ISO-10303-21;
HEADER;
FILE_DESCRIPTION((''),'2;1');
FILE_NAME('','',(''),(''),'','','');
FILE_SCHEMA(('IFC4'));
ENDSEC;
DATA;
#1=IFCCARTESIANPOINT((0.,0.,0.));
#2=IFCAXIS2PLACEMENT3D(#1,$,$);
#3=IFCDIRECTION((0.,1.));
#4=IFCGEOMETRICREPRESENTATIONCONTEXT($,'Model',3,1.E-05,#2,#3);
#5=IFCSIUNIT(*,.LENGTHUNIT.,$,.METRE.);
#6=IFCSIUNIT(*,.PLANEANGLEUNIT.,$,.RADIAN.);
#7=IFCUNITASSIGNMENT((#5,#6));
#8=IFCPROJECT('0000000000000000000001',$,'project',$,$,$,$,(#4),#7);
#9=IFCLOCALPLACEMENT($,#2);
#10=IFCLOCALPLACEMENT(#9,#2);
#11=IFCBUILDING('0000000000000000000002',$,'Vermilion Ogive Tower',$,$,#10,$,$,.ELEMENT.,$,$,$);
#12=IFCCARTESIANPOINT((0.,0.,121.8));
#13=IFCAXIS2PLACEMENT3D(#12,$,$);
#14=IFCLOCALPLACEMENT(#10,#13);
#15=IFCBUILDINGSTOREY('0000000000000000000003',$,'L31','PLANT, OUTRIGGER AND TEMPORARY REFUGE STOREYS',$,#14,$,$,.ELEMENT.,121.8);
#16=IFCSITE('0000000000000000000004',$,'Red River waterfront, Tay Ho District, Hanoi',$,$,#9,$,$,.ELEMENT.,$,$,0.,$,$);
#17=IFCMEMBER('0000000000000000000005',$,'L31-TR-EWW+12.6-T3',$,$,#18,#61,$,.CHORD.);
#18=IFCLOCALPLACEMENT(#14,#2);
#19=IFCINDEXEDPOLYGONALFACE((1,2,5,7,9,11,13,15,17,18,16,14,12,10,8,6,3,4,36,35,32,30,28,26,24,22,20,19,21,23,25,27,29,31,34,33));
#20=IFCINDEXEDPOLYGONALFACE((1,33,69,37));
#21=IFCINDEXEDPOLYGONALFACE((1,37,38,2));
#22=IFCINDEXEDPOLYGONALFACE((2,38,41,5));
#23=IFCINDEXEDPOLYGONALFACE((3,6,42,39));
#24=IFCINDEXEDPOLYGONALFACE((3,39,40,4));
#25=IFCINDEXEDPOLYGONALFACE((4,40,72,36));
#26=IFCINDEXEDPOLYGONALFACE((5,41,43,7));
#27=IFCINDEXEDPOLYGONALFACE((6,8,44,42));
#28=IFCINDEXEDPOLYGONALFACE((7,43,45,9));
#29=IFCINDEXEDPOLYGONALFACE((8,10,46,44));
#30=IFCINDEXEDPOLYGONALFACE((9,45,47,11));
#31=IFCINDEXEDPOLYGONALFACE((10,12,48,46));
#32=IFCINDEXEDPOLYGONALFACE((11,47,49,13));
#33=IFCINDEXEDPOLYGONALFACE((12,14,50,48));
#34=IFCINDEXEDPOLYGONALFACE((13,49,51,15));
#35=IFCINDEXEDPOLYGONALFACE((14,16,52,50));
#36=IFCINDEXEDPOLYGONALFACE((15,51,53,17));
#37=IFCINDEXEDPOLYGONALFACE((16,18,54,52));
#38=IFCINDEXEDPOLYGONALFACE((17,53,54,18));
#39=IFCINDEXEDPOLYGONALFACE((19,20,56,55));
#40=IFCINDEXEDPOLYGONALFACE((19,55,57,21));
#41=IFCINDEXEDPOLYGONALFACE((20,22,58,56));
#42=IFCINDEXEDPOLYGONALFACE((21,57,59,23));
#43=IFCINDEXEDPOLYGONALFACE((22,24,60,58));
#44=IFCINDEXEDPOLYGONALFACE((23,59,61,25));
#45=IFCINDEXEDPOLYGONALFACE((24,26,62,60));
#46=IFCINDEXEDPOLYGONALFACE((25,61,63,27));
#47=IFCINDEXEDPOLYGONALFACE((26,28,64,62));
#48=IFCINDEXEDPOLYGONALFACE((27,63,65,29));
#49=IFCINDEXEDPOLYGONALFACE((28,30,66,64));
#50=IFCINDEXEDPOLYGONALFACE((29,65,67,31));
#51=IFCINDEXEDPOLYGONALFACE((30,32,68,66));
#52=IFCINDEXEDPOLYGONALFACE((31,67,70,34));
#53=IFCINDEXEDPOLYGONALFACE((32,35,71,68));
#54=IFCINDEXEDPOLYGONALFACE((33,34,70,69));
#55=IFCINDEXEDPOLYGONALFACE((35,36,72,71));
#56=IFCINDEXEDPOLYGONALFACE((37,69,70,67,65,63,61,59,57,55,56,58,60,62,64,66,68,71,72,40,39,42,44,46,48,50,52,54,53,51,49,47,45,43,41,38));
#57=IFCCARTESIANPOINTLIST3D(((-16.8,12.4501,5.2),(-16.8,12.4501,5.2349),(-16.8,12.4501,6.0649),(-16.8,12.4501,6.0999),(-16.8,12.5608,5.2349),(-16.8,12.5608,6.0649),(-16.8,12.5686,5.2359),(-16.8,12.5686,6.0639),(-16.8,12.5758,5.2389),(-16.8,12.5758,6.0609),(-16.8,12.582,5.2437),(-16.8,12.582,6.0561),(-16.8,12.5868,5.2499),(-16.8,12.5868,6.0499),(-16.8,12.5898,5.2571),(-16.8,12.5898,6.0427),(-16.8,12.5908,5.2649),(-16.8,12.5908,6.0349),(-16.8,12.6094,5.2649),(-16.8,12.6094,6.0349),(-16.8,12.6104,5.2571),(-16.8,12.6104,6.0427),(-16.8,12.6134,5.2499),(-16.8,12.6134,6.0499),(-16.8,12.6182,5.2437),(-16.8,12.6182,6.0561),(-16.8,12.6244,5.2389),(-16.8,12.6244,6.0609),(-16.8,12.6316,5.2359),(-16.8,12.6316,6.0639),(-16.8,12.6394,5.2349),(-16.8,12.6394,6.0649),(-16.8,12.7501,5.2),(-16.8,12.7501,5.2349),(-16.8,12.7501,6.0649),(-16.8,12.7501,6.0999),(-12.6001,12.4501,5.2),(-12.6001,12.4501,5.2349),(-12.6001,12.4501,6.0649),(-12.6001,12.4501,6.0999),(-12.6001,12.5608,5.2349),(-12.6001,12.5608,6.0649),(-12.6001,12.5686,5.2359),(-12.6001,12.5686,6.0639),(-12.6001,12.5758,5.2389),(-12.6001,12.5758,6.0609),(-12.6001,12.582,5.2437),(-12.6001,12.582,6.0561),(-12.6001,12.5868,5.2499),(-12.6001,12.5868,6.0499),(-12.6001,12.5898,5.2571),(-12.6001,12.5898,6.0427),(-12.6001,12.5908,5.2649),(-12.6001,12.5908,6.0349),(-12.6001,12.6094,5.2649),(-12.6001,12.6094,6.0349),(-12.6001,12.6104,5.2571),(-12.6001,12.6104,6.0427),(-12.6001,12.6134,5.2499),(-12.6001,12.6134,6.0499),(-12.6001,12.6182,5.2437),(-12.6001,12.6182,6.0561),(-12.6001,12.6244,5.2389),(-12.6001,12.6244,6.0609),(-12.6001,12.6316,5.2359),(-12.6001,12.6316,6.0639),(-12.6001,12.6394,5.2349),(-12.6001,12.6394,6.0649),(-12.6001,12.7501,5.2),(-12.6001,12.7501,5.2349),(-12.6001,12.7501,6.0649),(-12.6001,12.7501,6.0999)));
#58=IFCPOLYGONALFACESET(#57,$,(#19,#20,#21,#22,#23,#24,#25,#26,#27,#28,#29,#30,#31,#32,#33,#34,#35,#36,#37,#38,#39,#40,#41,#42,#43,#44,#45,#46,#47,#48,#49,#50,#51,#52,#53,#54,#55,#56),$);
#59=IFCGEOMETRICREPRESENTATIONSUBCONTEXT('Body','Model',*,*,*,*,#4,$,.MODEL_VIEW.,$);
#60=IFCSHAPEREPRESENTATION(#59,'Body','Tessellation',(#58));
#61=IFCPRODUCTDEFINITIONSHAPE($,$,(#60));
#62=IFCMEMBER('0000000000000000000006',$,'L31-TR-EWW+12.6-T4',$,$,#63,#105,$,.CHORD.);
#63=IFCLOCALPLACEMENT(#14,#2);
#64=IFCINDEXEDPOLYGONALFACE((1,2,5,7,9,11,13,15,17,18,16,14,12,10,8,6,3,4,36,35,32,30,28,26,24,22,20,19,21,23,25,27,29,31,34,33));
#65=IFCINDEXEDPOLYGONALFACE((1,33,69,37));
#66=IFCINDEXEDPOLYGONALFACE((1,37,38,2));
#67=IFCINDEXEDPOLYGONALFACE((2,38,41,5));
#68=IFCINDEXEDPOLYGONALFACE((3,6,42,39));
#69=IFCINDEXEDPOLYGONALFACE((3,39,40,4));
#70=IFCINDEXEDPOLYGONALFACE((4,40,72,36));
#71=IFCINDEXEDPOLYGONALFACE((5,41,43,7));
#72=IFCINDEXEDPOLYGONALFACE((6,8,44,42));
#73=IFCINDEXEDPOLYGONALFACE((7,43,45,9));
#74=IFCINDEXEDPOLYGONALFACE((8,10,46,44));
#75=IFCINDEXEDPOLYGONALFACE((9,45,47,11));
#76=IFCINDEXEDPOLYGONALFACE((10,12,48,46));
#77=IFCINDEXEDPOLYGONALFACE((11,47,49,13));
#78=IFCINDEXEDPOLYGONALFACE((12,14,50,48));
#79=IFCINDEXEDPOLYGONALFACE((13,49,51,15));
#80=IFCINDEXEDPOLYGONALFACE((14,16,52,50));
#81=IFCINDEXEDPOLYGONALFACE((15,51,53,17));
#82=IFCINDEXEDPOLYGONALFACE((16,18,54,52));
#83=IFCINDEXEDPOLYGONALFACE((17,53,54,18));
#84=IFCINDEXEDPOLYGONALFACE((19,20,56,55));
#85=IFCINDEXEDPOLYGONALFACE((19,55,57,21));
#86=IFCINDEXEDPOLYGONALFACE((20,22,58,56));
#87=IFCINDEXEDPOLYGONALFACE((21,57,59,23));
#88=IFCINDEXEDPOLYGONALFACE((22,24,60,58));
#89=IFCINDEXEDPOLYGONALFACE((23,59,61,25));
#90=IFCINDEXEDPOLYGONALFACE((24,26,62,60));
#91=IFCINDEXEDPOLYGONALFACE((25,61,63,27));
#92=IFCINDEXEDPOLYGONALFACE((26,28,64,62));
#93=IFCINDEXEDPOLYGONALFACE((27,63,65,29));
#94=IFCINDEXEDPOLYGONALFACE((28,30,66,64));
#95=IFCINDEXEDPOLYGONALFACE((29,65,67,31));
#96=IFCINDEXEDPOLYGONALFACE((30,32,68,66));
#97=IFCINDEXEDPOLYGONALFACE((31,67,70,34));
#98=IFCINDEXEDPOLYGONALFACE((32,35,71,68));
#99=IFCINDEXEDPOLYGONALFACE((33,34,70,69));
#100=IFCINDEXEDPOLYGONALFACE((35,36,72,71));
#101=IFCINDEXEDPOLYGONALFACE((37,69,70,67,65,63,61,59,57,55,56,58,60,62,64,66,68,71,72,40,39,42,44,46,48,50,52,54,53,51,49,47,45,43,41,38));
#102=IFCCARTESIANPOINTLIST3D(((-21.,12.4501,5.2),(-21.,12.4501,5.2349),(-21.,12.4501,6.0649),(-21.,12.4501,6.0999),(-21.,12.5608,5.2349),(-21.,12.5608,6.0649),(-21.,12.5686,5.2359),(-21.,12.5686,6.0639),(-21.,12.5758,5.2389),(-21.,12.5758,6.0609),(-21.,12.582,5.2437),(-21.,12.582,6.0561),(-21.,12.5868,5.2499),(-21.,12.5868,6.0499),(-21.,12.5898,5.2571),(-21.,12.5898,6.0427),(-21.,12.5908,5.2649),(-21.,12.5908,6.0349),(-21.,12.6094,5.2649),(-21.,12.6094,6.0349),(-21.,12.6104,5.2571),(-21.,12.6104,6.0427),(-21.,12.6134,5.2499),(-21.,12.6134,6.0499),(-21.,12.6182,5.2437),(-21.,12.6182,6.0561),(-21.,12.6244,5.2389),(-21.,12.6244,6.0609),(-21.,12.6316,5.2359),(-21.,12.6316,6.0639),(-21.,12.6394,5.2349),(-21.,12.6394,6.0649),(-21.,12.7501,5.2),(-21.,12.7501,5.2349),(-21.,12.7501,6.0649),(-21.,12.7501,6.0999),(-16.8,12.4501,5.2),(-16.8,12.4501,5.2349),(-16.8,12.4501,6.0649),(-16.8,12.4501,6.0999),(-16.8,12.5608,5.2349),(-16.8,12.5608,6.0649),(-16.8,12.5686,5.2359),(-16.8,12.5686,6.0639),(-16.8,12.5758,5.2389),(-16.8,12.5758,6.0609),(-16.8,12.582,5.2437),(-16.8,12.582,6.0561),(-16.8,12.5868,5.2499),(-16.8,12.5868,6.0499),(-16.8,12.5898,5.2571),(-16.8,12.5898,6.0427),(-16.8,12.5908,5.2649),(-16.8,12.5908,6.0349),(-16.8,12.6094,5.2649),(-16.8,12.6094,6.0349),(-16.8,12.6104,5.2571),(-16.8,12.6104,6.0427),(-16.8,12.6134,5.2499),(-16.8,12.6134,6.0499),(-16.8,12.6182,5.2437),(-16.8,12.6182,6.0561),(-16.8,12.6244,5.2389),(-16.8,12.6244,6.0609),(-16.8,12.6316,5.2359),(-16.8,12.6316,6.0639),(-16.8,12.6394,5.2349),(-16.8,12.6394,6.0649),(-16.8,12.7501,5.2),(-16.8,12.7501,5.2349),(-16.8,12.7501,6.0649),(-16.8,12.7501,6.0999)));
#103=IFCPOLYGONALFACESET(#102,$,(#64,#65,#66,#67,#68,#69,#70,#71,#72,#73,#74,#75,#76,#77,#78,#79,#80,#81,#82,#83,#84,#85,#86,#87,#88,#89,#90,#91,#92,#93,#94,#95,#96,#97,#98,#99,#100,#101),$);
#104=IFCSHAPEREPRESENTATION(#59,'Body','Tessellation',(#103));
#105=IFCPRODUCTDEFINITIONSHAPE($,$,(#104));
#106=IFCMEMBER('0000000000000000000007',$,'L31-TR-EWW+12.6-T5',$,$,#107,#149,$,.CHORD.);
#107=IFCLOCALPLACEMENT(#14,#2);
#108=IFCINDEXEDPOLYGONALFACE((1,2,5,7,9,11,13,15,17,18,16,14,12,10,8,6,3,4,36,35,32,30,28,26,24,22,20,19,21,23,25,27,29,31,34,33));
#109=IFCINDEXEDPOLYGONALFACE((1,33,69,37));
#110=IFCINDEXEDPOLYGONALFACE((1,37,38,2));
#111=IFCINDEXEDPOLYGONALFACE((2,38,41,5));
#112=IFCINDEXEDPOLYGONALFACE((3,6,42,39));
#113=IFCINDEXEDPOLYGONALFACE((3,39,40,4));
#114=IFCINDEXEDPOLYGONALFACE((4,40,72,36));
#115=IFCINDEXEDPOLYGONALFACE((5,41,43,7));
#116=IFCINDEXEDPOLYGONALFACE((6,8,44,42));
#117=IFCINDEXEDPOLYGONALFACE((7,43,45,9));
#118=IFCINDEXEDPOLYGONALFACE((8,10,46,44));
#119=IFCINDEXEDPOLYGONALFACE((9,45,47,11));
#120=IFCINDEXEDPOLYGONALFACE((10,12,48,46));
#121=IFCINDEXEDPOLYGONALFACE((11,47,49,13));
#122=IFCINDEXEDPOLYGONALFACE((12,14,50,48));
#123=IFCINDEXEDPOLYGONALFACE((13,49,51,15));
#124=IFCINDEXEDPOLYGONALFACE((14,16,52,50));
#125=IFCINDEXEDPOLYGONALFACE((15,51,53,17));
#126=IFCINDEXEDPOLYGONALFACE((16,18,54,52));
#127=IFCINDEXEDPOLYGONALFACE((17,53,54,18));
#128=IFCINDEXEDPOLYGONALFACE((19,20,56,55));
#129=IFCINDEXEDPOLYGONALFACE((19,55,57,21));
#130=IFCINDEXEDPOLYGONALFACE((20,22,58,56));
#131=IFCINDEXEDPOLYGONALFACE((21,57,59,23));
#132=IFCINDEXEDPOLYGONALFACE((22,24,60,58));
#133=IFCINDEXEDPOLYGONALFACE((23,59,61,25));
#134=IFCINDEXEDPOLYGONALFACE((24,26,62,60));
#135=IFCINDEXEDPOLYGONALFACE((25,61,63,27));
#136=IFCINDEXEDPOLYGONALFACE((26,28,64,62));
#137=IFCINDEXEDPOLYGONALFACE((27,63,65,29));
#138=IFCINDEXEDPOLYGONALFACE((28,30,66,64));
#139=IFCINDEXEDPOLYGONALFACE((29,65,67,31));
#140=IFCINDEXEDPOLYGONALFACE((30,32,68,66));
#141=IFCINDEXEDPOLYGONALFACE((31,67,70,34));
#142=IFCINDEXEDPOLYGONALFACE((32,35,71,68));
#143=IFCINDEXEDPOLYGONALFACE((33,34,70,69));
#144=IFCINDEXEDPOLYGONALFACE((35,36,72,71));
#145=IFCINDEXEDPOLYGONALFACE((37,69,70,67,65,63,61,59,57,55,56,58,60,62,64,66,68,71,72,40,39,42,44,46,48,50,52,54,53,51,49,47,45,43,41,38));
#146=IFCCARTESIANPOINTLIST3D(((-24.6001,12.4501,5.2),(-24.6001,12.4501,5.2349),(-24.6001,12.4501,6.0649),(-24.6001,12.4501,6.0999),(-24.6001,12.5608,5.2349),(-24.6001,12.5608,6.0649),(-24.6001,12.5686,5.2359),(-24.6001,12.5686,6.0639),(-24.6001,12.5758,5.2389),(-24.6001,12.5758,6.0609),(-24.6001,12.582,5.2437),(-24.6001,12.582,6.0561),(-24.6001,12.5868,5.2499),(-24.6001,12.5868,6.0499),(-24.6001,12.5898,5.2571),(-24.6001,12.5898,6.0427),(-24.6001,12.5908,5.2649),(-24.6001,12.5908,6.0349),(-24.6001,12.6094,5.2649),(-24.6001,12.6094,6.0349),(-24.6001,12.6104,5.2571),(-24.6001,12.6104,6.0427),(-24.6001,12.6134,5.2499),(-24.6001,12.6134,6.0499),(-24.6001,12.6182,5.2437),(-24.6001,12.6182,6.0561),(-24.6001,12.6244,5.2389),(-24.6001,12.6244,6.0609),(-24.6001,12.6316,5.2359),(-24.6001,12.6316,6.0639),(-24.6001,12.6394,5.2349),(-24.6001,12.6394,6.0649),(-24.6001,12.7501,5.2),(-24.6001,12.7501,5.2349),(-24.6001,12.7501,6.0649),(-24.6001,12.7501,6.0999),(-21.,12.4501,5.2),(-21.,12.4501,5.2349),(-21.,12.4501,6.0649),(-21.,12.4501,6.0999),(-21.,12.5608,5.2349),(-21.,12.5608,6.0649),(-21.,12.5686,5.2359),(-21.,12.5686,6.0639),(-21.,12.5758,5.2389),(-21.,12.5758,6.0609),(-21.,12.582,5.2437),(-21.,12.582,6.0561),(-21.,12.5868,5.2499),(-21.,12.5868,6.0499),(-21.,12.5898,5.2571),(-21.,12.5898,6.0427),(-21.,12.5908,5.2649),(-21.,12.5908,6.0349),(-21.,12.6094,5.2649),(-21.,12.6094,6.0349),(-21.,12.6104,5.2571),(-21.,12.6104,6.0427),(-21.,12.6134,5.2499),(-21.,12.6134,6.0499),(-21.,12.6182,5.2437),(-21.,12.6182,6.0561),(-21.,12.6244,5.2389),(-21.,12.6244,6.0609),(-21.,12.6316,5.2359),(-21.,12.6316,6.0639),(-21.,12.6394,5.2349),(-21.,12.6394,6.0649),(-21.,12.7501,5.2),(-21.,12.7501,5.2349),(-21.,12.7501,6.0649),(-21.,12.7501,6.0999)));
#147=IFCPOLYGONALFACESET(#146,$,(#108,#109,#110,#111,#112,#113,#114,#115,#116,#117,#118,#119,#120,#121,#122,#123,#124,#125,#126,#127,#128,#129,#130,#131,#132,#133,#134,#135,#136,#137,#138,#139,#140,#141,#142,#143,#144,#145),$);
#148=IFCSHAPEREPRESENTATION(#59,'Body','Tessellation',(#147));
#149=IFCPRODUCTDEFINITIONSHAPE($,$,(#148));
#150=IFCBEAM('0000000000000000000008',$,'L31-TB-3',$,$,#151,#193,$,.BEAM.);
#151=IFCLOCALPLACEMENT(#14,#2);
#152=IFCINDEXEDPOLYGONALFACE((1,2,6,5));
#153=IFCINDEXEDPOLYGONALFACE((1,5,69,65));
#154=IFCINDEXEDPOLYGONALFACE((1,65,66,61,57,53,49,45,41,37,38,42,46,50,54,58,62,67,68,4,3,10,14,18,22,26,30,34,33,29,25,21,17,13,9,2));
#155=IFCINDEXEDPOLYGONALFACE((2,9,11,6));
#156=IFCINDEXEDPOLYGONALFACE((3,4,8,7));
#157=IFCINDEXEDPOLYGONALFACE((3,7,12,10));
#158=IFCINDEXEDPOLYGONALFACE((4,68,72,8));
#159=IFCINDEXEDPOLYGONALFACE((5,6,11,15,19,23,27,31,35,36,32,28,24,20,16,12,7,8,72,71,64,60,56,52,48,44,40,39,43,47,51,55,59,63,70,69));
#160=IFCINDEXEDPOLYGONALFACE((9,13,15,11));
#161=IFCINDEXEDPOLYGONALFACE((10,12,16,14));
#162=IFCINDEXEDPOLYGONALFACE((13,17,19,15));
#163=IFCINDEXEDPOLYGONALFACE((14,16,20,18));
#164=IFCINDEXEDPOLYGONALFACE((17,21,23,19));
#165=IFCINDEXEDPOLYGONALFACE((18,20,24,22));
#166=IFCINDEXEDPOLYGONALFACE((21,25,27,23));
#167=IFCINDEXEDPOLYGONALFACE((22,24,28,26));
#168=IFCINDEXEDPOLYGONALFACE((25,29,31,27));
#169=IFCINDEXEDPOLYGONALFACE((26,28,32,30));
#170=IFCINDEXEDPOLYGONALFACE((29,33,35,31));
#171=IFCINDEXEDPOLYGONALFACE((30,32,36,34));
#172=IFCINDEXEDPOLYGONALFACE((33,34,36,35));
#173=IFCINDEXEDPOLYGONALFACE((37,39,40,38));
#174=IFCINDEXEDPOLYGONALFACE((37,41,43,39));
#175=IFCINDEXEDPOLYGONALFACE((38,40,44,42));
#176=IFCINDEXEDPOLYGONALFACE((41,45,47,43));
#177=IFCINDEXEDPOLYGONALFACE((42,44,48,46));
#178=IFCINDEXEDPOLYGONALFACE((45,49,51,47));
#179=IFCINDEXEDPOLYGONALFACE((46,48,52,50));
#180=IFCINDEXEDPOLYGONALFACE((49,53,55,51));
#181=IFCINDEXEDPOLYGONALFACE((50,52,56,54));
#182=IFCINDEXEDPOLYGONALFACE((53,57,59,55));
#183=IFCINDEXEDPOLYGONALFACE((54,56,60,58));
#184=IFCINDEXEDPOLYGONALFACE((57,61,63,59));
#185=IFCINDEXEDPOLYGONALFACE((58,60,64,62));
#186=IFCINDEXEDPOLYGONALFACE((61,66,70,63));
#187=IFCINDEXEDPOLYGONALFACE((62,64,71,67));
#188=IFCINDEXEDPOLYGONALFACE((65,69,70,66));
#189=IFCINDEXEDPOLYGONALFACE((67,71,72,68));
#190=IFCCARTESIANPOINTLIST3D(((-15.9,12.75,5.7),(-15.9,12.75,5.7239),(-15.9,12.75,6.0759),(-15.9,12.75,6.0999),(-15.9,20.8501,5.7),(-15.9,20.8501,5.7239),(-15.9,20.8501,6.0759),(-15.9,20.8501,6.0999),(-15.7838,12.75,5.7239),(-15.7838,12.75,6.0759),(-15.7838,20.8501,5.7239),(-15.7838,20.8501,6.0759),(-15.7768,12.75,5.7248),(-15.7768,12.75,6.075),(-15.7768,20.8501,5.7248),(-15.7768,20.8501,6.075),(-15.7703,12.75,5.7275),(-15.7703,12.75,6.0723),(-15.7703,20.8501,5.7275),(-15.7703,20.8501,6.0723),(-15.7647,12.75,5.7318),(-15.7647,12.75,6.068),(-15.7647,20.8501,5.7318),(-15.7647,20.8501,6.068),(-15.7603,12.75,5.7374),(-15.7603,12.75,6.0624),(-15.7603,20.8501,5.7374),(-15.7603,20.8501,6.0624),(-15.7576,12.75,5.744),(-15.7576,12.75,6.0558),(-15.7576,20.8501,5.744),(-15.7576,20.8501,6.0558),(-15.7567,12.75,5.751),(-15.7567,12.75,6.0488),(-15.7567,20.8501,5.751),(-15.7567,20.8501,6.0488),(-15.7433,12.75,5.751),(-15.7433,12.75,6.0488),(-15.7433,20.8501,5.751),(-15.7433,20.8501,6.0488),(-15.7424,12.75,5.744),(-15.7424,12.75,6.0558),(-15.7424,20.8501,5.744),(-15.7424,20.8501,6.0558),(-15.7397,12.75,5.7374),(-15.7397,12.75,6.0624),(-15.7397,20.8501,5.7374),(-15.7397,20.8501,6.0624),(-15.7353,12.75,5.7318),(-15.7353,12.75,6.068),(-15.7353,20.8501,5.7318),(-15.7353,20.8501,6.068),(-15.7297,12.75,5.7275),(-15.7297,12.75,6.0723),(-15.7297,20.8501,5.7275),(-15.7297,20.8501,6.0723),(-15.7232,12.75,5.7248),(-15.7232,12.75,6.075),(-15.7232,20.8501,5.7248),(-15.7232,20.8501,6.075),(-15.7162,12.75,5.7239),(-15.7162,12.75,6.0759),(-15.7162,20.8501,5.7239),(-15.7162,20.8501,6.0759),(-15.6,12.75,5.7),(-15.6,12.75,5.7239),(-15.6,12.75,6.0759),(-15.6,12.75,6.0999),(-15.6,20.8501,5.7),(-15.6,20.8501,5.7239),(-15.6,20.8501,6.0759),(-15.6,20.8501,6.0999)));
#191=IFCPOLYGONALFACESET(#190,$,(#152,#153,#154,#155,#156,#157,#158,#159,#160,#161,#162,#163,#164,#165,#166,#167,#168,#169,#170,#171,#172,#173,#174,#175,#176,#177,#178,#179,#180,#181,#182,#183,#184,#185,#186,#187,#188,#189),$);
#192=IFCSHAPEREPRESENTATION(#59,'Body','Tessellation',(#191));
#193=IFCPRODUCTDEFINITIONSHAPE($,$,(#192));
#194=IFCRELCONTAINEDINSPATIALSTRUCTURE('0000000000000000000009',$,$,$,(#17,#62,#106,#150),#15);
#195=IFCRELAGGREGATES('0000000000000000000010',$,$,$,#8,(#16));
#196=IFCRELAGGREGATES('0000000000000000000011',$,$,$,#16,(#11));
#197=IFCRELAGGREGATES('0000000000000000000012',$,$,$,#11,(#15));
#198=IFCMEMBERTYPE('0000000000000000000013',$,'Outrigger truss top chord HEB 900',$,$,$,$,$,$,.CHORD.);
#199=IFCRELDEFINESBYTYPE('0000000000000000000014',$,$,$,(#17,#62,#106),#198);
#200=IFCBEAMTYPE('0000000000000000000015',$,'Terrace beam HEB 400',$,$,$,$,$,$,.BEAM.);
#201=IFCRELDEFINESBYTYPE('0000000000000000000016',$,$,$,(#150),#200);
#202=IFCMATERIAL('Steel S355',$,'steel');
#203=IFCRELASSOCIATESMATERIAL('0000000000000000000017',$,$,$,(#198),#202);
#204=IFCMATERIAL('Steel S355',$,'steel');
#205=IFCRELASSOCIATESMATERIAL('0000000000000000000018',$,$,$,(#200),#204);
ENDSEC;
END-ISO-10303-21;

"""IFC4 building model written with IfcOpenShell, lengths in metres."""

from ifc_helpers import new_model, si_unit, direction, frame, origin, origin_2d, place, context, subcontext, project, spatial, i_section, extrude, material, material_profile, profile_set, type_object, element, save


model = new_model("IFC4")

# Units and contexts
model_context = context("Model", 3, precision=1e-05, world=origin(), true_north=direction((0.0, 1.0)))
body_context = subcontext(model_context, "Body", "Model", "MODEL_VIEW")
ifc_project = project(units=[si_unit("LENGTHUNIT", "METRE"), si_unit("PLANEANGLEUNIT", "RADIAN")], contexts=[model_context])

# Site, building, storey
site_placement = place(None, origin())
site = spatial("IfcSite", under=ifc_project, at=site_placement, Name="Red River waterfront, Tay Ho District, Hanoi", CompositionType="ELEMENT", RefElevation=0.0)
building_placement = place(site_placement, origin())
building = spatial("IfcBuilding", under=site, at=building_placement, Name="Vermilion Ogive Tower", CompositionType="ELEMENT")
storey_placement = place(building_placement, frame((0.0, 0.0, 121.8)))
storey = spatial("IfcBuildingStorey", under=building, at=storey_placement, Name="L31", Description="PLANT, OUTRIGGER AND TEMPORARY REFUGE STOREYS", CompositionType="ELEMENT", Elevation=121.8)

# Members
ifc_material_1 = material(Name="Steel S355", Category="steel")
ifc_material_profile_1 = material_profile(ifc_material_1, i_section(OverallWidth=0.3, OverallDepth=0.8999, WebThickness=0.0186, FlangeThickness=0.0349, FilletRadius=0.03, at=origin_2d()), Name="HEB 900")
ifc_profile_set_1 = profile_set([ifc_material_profile_1], Name="Steel S355")
member_type_1 = type_object("IfcMemberType", Name="Outrigger truss top chord HEB 900", PredefinedType="CHORD", material=ifc_profile_set_1)
for number, where, z_axis, x_axis, name in (
    (1, (-12.6001, 12.6001, 5.6499), (-1.0, 0.0, 0.0), (0.0, -1.0, 0.0), "L31-TR-EWW+12.6-T3"),
    (2, (-16.8, 12.6001, 5.6499), (-1.0, 0.0, 0.0), (0.0, -1.0, 0.0), "L31-TR-EWW+12.6-T4"),
):
    element("IfcMember", number, at=place(storey_placement, frame(where, z_axis=z_axis, x_axis=x_axis)), inside=storey, type_object=member_type_1, Name=name, PredefinedType="CHORD", context=body_context, shape_type="SweptSolid", body=[
        extrude(i_section(OverallWidth=0.3, OverallDepth=0.8999, WebThickness=0.0186, FlangeThickness=0.0349, FilletRadius=0.03, at=origin_2d()), origin(), (0.0, 0.0, 1.0), 4.2),
    ])
member_1_placement = place(storey_placement, frame((-21.0, 12.6001, 5.6499), z_axis=(-1.0, 0.0, 0.0), x_axis=(0.0, -1.0, 0.0)))
element("IfcMember", 3, at=member_1_placement, inside=storey, type_object=member_type_1, Name="L31-TR-EWW+12.6-T5", PredefinedType="CHORD", context=body_context, shape_type="SweptSolid", body=[
    extrude(i_section(OverallWidth=0.3, OverallDepth=0.8999, WebThickness=0.0186, FlangeThickness=0.0349, FilletRadius=0.03, at=origin_2d()), origin(), (0.0, 0.0, 1.0), 3.6001),
])

# Beam
ifc_material_2 = material(Name="Steel S355", Category="steel")
ifc_material_profile_2 = material_profile(ifc_material_2, i_section(OverallWidth=0.3, OverallDepth=0.3999, WebThickness=0.0134, FlangeThickness=0.0239, FilletRadius=0.0271, at=origin_2d()), Name="HEB 400")
ifc_profile_set_2 = profile_set([ifc_material_profile_2], Name="Steel S355")
beam_type = type_object("IfcBeamType", Name="Terrace beam HEB 400", PredefinedType="BEAM", material=ifc_profile_set_2)
beam_placement = place(storey_placement, frame((-15.75, 12.75, 5.8999), z_axis=(0.0, 1.0, 0.0), x_axis=(-1.0, 0.0, 0.0)))
element("IfcBeam", 4, at=beam_placement, inside=storey, type_object=beam_type, Name="L31-TB-3", PredefinedType="BEAM", context=body_context, shape_type="SweptSolid", body=[
    extrude(i_section(OverallWidth=0.3, OverallDepth=0.3999, WebThickness=0.0134, FlangeThickness=0.0239, FilletRadius=0.0271, at=origin_2d()), origin(), (0.0, 0.0, 1.0), 8.1001),
])

save(model, "model.ifc")
